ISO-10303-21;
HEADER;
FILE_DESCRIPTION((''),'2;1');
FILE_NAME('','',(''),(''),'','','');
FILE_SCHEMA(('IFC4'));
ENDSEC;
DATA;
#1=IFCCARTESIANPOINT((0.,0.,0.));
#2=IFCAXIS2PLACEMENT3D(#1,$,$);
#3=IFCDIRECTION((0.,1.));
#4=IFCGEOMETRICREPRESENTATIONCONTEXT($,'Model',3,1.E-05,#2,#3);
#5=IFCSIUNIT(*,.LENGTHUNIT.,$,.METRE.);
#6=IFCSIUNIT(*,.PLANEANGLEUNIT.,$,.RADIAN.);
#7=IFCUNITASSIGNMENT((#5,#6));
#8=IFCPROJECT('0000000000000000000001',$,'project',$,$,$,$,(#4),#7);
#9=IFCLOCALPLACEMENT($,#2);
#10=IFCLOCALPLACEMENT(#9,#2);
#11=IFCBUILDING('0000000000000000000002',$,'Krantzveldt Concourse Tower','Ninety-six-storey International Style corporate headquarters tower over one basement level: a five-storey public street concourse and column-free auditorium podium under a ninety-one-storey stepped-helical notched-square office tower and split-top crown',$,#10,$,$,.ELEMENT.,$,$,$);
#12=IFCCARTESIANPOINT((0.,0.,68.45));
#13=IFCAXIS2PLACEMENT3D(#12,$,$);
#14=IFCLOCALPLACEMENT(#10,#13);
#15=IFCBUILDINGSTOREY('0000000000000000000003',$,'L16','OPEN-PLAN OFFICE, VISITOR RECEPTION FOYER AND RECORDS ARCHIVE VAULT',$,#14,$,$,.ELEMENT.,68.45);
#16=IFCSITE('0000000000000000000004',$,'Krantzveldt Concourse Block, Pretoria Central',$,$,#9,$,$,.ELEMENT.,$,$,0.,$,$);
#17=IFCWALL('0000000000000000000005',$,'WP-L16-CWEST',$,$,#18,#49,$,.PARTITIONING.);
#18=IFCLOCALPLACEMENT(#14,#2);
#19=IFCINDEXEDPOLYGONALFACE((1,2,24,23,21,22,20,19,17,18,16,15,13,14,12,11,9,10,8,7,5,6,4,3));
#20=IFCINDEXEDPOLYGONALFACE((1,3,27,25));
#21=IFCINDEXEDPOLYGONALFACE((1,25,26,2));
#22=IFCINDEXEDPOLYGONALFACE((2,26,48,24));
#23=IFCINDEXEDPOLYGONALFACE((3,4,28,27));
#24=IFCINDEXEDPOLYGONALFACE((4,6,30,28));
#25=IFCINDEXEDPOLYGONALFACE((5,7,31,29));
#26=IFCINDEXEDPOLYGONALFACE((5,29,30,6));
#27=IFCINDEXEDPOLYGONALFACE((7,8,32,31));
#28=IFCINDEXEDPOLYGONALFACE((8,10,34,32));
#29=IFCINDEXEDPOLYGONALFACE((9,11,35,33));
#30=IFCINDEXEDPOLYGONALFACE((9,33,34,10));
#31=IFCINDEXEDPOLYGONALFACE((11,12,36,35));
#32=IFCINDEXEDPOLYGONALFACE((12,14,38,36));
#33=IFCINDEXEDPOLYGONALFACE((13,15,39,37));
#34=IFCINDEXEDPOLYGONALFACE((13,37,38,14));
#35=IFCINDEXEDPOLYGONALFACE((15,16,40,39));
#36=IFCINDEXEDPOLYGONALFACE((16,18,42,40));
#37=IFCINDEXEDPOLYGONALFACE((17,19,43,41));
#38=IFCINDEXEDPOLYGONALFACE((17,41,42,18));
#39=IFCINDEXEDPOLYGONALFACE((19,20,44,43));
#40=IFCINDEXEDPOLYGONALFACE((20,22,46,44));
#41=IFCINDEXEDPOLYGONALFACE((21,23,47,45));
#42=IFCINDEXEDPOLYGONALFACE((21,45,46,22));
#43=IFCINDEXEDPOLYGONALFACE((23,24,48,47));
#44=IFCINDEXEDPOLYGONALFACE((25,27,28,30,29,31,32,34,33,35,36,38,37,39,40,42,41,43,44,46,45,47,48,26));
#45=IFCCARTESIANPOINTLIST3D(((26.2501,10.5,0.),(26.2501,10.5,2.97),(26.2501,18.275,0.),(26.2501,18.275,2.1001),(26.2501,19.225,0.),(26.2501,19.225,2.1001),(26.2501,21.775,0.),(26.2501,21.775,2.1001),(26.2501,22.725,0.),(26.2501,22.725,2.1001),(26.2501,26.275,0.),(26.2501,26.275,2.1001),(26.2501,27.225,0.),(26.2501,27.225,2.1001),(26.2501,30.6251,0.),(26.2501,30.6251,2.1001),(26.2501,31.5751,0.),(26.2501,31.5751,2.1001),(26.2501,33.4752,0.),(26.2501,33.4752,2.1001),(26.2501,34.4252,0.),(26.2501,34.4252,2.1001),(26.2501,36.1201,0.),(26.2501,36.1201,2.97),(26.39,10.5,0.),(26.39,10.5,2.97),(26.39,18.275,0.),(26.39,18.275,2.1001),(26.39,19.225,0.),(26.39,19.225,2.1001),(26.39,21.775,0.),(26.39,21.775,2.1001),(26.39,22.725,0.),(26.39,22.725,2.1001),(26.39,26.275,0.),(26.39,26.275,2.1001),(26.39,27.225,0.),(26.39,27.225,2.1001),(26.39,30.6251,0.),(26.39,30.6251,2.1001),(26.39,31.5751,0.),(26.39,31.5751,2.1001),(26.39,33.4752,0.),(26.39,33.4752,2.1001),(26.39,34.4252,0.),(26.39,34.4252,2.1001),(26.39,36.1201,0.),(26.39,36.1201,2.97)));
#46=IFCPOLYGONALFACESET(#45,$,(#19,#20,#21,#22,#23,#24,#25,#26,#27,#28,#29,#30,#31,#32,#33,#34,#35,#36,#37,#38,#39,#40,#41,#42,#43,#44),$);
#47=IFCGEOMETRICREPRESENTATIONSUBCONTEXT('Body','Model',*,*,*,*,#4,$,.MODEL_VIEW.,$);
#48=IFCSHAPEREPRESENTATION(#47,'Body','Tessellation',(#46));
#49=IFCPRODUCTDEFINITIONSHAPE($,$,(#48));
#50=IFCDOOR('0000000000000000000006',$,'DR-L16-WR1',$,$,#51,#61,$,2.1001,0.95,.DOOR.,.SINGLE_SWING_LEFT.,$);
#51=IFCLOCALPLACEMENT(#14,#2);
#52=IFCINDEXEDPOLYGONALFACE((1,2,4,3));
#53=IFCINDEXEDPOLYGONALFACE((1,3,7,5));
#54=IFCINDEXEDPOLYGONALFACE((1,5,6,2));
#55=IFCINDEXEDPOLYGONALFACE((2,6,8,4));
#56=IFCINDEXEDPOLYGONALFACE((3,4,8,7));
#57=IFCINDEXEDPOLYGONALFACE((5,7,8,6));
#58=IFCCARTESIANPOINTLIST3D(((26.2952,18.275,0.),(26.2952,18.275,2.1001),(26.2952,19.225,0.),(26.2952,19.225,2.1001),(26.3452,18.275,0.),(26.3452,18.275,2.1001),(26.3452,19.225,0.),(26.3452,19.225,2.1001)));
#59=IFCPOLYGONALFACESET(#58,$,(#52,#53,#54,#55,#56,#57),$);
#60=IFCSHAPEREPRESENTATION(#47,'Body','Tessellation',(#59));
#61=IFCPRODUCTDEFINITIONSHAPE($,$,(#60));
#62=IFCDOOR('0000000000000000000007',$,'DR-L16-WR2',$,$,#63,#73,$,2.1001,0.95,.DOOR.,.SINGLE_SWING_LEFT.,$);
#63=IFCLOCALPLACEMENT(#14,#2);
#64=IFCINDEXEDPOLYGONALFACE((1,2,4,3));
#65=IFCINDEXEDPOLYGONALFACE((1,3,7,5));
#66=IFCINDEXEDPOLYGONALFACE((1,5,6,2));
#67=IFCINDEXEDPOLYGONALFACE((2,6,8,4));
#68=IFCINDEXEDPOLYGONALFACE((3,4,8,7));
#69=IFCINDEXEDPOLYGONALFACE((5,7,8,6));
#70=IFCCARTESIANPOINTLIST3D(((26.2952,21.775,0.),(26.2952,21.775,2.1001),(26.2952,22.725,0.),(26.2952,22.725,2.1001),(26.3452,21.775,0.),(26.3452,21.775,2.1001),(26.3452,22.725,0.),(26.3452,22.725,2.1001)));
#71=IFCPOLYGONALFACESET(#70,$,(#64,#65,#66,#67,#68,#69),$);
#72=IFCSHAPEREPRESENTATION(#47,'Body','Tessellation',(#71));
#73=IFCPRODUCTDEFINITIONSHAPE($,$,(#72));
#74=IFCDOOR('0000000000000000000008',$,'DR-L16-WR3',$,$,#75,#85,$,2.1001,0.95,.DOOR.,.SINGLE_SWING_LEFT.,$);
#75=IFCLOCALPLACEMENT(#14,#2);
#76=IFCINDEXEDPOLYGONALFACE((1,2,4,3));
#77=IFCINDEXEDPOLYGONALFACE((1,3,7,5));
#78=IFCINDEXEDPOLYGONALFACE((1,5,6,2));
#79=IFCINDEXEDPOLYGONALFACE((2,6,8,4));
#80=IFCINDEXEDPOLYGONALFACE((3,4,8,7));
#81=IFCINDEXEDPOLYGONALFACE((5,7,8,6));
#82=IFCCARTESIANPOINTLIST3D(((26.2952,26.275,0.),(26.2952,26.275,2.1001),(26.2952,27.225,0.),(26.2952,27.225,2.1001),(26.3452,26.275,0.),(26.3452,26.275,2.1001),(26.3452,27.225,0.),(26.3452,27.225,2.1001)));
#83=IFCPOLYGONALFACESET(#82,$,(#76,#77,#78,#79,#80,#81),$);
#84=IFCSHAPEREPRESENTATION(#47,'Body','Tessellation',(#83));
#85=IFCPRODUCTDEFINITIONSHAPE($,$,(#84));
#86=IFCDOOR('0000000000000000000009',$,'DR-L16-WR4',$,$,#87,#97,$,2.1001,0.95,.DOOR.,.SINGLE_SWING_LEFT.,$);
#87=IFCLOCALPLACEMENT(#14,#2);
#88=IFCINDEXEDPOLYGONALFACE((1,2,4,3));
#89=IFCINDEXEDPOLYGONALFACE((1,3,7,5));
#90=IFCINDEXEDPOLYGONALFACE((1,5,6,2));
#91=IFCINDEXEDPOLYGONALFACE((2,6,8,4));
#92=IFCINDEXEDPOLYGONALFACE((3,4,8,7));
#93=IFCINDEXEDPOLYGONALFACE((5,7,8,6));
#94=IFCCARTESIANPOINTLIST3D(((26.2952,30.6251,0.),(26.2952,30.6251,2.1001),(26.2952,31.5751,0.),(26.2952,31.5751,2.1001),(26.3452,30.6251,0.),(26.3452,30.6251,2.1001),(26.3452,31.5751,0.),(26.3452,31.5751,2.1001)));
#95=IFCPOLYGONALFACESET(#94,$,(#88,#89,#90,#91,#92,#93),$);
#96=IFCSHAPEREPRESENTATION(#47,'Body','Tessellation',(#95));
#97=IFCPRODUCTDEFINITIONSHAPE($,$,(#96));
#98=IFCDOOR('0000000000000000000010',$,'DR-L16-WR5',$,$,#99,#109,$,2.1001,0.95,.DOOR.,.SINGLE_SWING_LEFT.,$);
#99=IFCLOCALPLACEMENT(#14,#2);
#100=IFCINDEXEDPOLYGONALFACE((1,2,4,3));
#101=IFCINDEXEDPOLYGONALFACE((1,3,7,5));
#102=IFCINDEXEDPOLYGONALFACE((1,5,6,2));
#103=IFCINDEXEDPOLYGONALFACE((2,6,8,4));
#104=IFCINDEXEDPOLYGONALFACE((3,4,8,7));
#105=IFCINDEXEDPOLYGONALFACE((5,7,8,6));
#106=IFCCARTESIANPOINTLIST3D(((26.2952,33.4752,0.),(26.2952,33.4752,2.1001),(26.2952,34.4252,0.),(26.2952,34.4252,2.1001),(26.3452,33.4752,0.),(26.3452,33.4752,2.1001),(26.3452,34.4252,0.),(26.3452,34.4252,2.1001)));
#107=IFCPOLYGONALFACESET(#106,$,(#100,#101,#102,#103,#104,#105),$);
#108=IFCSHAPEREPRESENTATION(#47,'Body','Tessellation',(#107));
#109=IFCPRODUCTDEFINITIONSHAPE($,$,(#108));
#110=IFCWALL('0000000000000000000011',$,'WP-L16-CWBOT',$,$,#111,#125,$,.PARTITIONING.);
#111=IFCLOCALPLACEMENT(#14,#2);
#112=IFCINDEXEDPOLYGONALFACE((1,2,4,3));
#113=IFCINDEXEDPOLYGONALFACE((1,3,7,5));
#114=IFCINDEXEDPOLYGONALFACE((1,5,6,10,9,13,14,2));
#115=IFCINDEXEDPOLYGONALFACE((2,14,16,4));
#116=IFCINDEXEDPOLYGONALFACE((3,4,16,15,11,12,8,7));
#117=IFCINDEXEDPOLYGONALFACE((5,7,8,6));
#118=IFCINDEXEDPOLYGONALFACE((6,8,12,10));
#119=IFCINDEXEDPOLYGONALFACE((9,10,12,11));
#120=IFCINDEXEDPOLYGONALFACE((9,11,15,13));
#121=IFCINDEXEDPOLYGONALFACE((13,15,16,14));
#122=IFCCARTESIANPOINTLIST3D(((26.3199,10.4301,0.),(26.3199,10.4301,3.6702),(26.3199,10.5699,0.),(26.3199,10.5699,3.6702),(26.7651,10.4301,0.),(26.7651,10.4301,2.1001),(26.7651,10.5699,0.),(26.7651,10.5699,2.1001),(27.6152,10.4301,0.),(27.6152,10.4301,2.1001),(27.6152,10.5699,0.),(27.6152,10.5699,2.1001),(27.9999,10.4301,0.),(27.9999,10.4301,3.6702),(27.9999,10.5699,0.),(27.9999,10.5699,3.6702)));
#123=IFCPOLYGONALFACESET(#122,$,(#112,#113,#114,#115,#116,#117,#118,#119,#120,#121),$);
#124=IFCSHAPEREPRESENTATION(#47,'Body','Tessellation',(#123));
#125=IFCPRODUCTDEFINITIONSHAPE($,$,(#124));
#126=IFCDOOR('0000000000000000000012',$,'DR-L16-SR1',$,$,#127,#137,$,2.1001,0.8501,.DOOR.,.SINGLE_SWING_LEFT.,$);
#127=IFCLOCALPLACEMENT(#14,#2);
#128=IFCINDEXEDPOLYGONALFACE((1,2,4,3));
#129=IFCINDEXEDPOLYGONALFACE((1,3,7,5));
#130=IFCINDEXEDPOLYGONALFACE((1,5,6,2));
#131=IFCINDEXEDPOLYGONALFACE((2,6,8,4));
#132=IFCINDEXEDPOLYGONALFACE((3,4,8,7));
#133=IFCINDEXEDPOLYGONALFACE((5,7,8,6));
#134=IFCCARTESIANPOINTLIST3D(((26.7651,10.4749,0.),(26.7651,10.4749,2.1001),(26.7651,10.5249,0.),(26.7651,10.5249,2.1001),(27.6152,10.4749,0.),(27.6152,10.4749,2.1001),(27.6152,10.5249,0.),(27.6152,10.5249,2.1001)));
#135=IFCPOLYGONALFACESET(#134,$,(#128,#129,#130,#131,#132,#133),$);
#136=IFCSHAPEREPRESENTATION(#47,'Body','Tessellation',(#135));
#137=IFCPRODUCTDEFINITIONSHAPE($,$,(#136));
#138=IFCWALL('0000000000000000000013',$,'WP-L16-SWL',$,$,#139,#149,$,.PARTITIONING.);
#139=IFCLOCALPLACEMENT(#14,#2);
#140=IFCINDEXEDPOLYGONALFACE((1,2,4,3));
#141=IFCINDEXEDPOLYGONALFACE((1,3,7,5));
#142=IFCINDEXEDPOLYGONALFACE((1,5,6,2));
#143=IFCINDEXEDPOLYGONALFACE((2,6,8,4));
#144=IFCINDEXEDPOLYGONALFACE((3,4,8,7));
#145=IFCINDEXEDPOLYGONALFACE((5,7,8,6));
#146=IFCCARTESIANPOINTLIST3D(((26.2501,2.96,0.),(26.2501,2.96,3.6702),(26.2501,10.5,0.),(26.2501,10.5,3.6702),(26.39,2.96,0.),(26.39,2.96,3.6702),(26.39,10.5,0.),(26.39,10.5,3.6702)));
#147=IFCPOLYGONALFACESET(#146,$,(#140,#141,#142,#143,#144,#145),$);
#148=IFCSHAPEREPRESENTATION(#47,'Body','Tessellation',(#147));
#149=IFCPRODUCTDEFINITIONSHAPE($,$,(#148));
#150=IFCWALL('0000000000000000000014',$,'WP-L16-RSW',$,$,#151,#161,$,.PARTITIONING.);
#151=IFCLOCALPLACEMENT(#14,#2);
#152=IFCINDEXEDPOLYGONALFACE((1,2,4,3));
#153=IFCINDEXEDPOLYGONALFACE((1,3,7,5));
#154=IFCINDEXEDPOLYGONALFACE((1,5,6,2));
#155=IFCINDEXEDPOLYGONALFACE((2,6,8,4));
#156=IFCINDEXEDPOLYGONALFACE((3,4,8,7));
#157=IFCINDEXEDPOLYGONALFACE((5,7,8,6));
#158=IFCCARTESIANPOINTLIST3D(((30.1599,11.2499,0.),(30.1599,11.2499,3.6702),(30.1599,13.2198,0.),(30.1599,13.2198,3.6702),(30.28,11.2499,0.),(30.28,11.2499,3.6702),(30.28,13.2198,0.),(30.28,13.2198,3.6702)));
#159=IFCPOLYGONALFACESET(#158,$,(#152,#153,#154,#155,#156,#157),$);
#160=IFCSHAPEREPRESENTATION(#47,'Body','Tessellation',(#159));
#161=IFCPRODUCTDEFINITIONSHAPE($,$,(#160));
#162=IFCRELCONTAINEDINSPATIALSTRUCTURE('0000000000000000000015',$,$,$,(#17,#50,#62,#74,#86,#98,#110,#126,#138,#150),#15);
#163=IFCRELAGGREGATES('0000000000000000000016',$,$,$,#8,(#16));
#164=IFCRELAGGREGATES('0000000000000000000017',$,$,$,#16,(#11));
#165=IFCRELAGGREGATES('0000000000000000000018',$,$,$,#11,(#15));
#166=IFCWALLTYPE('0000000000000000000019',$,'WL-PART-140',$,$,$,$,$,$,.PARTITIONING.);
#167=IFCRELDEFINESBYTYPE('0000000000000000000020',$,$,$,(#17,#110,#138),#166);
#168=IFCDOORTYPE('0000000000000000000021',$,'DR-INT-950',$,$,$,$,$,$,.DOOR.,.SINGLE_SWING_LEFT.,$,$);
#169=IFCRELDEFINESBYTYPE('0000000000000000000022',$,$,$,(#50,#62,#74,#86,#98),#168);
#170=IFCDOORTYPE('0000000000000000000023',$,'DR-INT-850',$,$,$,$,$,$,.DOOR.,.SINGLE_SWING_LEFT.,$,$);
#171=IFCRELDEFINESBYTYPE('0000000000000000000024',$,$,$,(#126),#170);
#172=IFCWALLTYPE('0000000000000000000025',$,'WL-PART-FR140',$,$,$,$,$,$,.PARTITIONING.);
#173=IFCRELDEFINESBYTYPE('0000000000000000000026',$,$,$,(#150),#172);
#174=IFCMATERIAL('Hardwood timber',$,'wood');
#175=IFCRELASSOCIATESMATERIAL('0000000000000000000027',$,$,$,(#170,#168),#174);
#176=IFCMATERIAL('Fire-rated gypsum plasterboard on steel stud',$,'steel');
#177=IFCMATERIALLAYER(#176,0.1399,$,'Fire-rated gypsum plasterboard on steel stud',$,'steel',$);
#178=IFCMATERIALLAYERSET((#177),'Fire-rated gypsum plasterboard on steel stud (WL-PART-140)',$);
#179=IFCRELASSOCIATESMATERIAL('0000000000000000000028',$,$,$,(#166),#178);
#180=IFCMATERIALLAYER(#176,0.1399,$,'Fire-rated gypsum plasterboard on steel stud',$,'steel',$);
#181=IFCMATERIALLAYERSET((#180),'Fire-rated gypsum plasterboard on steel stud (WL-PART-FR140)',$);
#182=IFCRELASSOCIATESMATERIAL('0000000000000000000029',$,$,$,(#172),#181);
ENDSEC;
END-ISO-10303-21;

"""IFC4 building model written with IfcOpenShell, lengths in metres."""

from ifc_helpers import new_model, si_unit, direction, frame, frame_2d, origin, place, context, subcontext, project, spatial, rectangle, extrude, material, layer, layer_set, type_object, element, fill, save


model = new_model("IFC4")

# Units and contexts
model_context = context("Model", 3, precision=1e-05, world=origin(), true_north=direction((0.0, 1.0)))
body_context = subcontext(model_context, "Body", "Model", "MODEL_VIEW")
ifc_project = project(units=[si_unit("LENGTHUNIT", "METRE"), si_unit("PLANEANGLEUNIT", "RADIAN")], contexts=[model_context])

# Site, building, storey
site_placement = place(None, origin())
site = spatial("IfcSite", under=ifc_project, at=site_placement, Name="Krantzveldt Concourse Block, Pretoria Central", CompositionType="ELEMENT", RefElevation=0.0)
building_placement = place(site_placement, origin())
building = spatial("IfcBuilding", under=site, at=building_placement, Name="Krantzveldt Concourse Tower", Description="Ninety-six-storey International Style corporate headquarters tower over one basement level: a five-storey public street concourse and column-free auditorium podium under a ninety-one-storey stepped-helical notched-square office tower and split-top crown", CompositionType="ELEMENT")
storey_placement = place(building_placement, frame((0.0, 0.0, 68.45)))
storey = spatial("IfcBuildingStorey", under=building, at=storey_placement, Name="L16", Description="OPEN-PLAN OFFICE, VISITOR RECEPTION FOYER AND RECORDS ARCHIVE VAULT", CompositionType="ELEMENT", Elevation=68.45)

# Shared definitions
ifc_material_1 = material(Name="Fire-rated gypsum plasterboard on steel stud", Category="steel")
ifc_material_2 = material(Name="Hardwood timber", Category="wood")
door_type_1 = type_object("IfcDoorType", Name="DR-INT-850", OperationType="SINGLE_SWING_LEFT", PredefinedType="DOOR", material=ifc_material_2)

# Wall, openings, doors
ifc_layer_1 = layer(ifc_material_1, 0.1399, Name="Fire-rated gypsum plasterboard on steel stud", Category="steel")
ifc_layer_set_1 = layer_set([ifc_layer_1], Name="Fire-rated gypsum plasterboard on steel stud (WL-PART-140)")
wall_type_1 = type_object("IfcWallType", Name="WL-PART-140", PredefinedType="PARTITIONING", material=ifc_layer_set_1)
wall_1_placement = place(storey_placement, frame((26.3201, 10.5, 0.0), z_axis=(0.0, 0.0, 1.0), x_axis=(0.0, 1.0, 0.0)))
wall_1 = element("IfcWall", 1, at=wall_1_placement, inside=storey, type_object=wall_type_1, Name="WP-L16-CWEST", PredefinedType="PARTITIONING", context=body_context, shape_type="SweptSolid", body=[
    extrude(rectangle(XDim=25.6201, YDim=0.1399, at=frame_2d((12.8101, 0.0))), origin(), (0.0, 0.0, 1.0), 2.97),
])
opening_1_placement = place(wall_1_placement, frame((7.7749, 0.0, 0.0)))
opening_1 = element("IfcOpeningElement", 2, at=opening_1_placement, cuts=wall_1, PredefinedType="OPENING", context=body_context, shape_type="SweptSolid", body=[
    extrude(rectangle(XDim=0.95, YDim=2.1001, at=frame_2d((0.4751, 1.05))), frame((0.0, 0.0801, 0.0), z_axis=(0.0, -1.0, 0.0), x_axis=(1.0, 0.0, 0.0)), (0.0, 0.0, 1.0), 0.1599),
])
opening_2_placement = place(wall_1_placement, frame((11.2749, 0.0, 0.0)))
opening_2 = element("IfcOpeningElement", 3, at=opening_2_placement, cuts=wall_1, PredefinedType="OPENING", context=body_context, shape_type="SweptSolid", body=[
    extrude(rectangle(XDim=0.95, YDim=2.1001, at=frame_2d((0.4751, 1.05))), frame((0.0, 0.0801, 0.0), z_axis=(0.0, -1.0, 0.0), x_axis=(1.0, 0.0, 0.0)), (0.0, 0.0, 1.0), 0.1599),
])
opening_3_placement = place(wall_1_placement, frame((15.7749, 0.0, 0.0)))
opening_3 = element("IfcOpeningElement", 4, at=opening_3_placement, cuts=wall_1, PredefinedType="OPENING", context=body_context, shape_type="SweptSolid", body=[
    extrude(rectangle(XDim=0.95, YDim=2.1001, at=frame_2d((0.4751, 1.05))), frame((0.0, 0.0801, 0.0), z_axis=(0.0, -1.0, 0.0), x_axis=(1.0, 0.0, 0.0)), (0.0, 0.0, 1.0), 0.1599),
])
opening_4_placement = place(wall_1_placement, frame((20.125, 0.0, 0.0)))
opening_4 = element("IfcOpeningElement", 5, at=opening_4_placement, cuts=wall_1, PredefinedType="OPENING", context=body_context, shape_type="SweptSolid", body=[
    extrude(rectangle(XDim=0.95, YDim=2.1001, at=frame_2d((0.4751, 1.05))), frame((0.0, 0.0801, 0.0), z_axis=(0.0, -1.0, 0.0), x_axis=(1.0, 0.0, 0.0)), (0.0, 0.0, 1.0), 0.1599),
])
opening_5_placement = place(wall_1_placement, frame((22.9751, 0.0, 0.0)))
opening_5 = element("IfcOpeningElement", 6, at=opening_5_placement, cuts=wall_1, PredefinedType="OPENING", context=body_context, shape_type="SweptSolid", body=[
    extrude(rectangle(XDim=0.95, YDim=2.1001, at=frame_2d((0.4751, 1.05))), frame((0.0, 0.0801, 0.0), z_axis=(0.0, -1.0, 0.0), x_axis=(1.0, 0.0, 0.0)), (0.0, 0.0, 1.0), 0.1599),
])
door_type_2 = type_object("IfcDoorType", Name="DR-INT-950", OperationType="SINGLE_SWING_LEFT", PredefinedType="DOOR", material=ifc_material_2)
door_1_placement = place(opening_1_placement, origin())
door_1 = element("IfcDoor", 7, at=door_1_placement, inside=storey, type_object=door_type_2, Name="DR-L16-WR1", OperationType="SINGLE_SWING_LEFT", OverallHeight=2.1001, OverallWidth=0.95, PredefinedType="DOOR", context=body_context, shape_type="SweptSolid", body=[
    extrude(rectangle(XDim=0.95, YDim=2.1001, at=frame_2d((0.4751, 1.05))), frame((0.0, 0.0249, 0.0), z_axis=(0.0, -1.0, 0.0), x_axis=(1.0, 0.0, 0.0)), (0.0, 0.0, 1.0), 0.05),
])
fill(opening_1, door_1)
door_2_placement = place(opening_2_placement, origin())
door_2 = element("IfcDoor", 8, at=door_2_placement, inside=storey, type_object=door_type_2, Name="DR-L16-WR2", OperationType="SINGLE_SWING_LEFT", OverallHeight=2.1001, OverallWidth=0.95, PredefinedType="DOOR", context=body_context, shape_type="SweptSolid", body=[
    extrude(rectangle(XDim=0.95, YDim=2.1001, at=frame_2d((0.4751, 1.05))), frame((0.0, 0.0249, 0.0), z_axis=(0.0, -1.0, 0.0), x_axis=(1.0, 0.0, 0.0)), (0.0, 0.0, 1.0), 0.05),
])
fill(opening_2, door_2)
door_3_placement = place(opening_3_placement, origin())
door_3 = element("IfcDoor", 9, at=door_3_placement, inside=storey, type_object=door_type_2, Name="DR-L16-WR3", OperationType="SINGLE_SWING_LEFT", OverallHeight=2.1001, OverallWidth=0.95, PredefinedType="DOOR", context=body_context, shape_type="SweptSolid", body=[
    extrude(rectangle(XDim=0.95, YDim=2.1001, at=frame_2d((0.4751, 1.05))), frame((0.0, 0.0249, 0.0), z_axis=(0.0, -1.0, 0.0), x_axis=(1.0, 0.0, 0.0)), (0.0, 0.0, 1.0), 0.05),
])
fill(opening_3, door_3)
door_4_placement = place(opening_4_placement, origin())
door_4 = element("IfcDoor", 10, at=door_4_placement, inside=storey, type_object=door_type_2, Name="DR-L16-WR4", OperationType="SINGLE_SWING_LEFT", OverallHeight=2.1001, OverallWidth=0.95, PredefinedType="DOOR", context=body_context, shape_type="SweptSolid", body=[
    extrude(rectangle(XDim=0.95, YDim=2.1001, at=frame_2d((0.4751, 1.05))), frame((0.0, 0.0249, 0.0), z_axis=(0.0, -1.0, 0.0), x_axis=(1.0, 0.0, 0.0)), (0.0, 0.0, 1.0), 0.05),
])
fill(opening_4, door_4)
door_5_placement = place(opening_5_placement, origin())
door_5 = element("IfcDoor", 11, at=door_5_placement, inside=storey, type_object=door_type_2, Name="DR-L16-WR5", OperationType="SINGLE_SWING_LEFT", OverallHeight=2.1001, OverallWidth=0.95, PredefinedType="DOOR", context=body_context, shape_type="SweptSolid", body=[
    extrude(rectangle(XDim=0.95, YDim=2.1001, at=frame_2d((0.4751, 1.05))), frame((0.0, 0.0249, 0.0), z_axis=(0.0, -1.0, 0.0), x_axis=(1.0, 0.0, 0.0)), (0.0, 0.0, 1.0), 0.05),
])
fill(opening_5, door_5)

# Wall, opening, door
wall_2_placement = place(storey_placement, frame((26.3201, 10.5, 0.0), z_axis=(0.0, 0.0, 1.0), x_axis=(1.0, 0.0, 0.0)))
wall_2 = element("IfcWall", 12, at=wall_2_placement, inside=storey, type_object=wall_type_1, Name="WP-L16-CWBOT", PredefinedType="PARTITIONING", context=body_context, shape_type="SweptSolid", body=[
    extrude(rectangle(XDim=1.6799, YDim=0.1399, at=frame_2d((0.8398, 0.0))), origin(), (0.0, 0.0, 1.0), 3.6702),
])
opening_6_placement = place(wall_2_placement, frame((0.4451, 0.0, 0.0)))
opening_6 = element("IfcOpeningElement", 13, at=opening_6_placement, cuts=wall_2, PredefinedType="OPENING", context=body_context, shape_type="SweptSolid", body=[
    extrude(rectangle(XDim=0.8501, YDim=2.1001, at=frame_2d((0.425, 1.05))), frame((0.0, 0.0801, 0.0), z_axis=(0.0, -1.0, 0.0), x_axis=(1.0, 0.0, 0.0)), (0.0, 0.0, 1.0), 0.1599),
])
door_6_placement = place(opening_6_placement, origin())
door_6 = element("IfcDoor", 14, at=door_6_placement, inside=storey, type_object=door_type_1, Name="DR-L16-SR1", OperationType="SINGLE_SWING_LEFT", OverallHeight=2.1001, OverallWidth=0.8501, PredefinedType="DOOR", context=body_context, shape_type="SweptSolid", body=[
    extrude(rectangle(XDim=0.8501, YDim=2.1001, at=frame_2d((0.425, 1.05))), frame((0.0, 0.0249, 0.0), z_axis=(0.0, -1.0, 0.0), x_axis=(1.0, 0.0, 0.0)), (0.0, 0.0, 1.0), 0.05),
])
fill(opening_6, door_6)

# Walls
wall_3_placement = place(storey_placement, frame((26.3201, 2.96, 0.0), z_axis=(0.0, 0.0, 1.0), x_axis=(0.0, 1.0, 0.0)))
element("IfcWall", 15, at=wall_3_placement, inside=storey, type_object=wall_type_1, Name="WP-L16-SWL", PredefinedType="PARTITIONING", context=body_context, shape_type="SweptSolid", body=[
    extrude(rectangle(XDim=7.54, YDim=0.1399, at=frame_2d((3.77, 0.0))), origin(), (0.0, 0.0, 1.0), 3.6702),
])
ifc_layer_2 = layer(ifc_material_1, 0.1399, Name="Fire-rated gypsum plasterboard on steel stud", Category="steel")
ifc_layer_set_2 = layer_set([ifc_layer_2], Name="Fire-rated gypsum plasterboard on steel stud (WL-PART-FR140)")
wall_type_2 = type_object("IfcWallType", Name="WL-PART-FR140", PredefinedType="PARTITIONING", material=ifc_layer_set_2)
wall_4_placement = place(storey_placement, frame((30.22, 11.25, 0.0), z_axis=(0.0, 0.0, 1.0), x_axis=(0.0, 1.0, 0.0)))
element("IfcWall", 16, at=wall_4_placement, inside=storey, type_object=wall_type_2, Name="WP-L16-RSW", PredefinedType="PARTITIONING", context=body_context, shape_type="SweptSolid", body=[
    extrude(rectangle(XDim=1.97, YDim=0.1201, at=frame_2d((0.9849, 0.0))), origin(), (0.0, 0.0, 1.0), 3.6702),
])

save(model, "model.ifc")
